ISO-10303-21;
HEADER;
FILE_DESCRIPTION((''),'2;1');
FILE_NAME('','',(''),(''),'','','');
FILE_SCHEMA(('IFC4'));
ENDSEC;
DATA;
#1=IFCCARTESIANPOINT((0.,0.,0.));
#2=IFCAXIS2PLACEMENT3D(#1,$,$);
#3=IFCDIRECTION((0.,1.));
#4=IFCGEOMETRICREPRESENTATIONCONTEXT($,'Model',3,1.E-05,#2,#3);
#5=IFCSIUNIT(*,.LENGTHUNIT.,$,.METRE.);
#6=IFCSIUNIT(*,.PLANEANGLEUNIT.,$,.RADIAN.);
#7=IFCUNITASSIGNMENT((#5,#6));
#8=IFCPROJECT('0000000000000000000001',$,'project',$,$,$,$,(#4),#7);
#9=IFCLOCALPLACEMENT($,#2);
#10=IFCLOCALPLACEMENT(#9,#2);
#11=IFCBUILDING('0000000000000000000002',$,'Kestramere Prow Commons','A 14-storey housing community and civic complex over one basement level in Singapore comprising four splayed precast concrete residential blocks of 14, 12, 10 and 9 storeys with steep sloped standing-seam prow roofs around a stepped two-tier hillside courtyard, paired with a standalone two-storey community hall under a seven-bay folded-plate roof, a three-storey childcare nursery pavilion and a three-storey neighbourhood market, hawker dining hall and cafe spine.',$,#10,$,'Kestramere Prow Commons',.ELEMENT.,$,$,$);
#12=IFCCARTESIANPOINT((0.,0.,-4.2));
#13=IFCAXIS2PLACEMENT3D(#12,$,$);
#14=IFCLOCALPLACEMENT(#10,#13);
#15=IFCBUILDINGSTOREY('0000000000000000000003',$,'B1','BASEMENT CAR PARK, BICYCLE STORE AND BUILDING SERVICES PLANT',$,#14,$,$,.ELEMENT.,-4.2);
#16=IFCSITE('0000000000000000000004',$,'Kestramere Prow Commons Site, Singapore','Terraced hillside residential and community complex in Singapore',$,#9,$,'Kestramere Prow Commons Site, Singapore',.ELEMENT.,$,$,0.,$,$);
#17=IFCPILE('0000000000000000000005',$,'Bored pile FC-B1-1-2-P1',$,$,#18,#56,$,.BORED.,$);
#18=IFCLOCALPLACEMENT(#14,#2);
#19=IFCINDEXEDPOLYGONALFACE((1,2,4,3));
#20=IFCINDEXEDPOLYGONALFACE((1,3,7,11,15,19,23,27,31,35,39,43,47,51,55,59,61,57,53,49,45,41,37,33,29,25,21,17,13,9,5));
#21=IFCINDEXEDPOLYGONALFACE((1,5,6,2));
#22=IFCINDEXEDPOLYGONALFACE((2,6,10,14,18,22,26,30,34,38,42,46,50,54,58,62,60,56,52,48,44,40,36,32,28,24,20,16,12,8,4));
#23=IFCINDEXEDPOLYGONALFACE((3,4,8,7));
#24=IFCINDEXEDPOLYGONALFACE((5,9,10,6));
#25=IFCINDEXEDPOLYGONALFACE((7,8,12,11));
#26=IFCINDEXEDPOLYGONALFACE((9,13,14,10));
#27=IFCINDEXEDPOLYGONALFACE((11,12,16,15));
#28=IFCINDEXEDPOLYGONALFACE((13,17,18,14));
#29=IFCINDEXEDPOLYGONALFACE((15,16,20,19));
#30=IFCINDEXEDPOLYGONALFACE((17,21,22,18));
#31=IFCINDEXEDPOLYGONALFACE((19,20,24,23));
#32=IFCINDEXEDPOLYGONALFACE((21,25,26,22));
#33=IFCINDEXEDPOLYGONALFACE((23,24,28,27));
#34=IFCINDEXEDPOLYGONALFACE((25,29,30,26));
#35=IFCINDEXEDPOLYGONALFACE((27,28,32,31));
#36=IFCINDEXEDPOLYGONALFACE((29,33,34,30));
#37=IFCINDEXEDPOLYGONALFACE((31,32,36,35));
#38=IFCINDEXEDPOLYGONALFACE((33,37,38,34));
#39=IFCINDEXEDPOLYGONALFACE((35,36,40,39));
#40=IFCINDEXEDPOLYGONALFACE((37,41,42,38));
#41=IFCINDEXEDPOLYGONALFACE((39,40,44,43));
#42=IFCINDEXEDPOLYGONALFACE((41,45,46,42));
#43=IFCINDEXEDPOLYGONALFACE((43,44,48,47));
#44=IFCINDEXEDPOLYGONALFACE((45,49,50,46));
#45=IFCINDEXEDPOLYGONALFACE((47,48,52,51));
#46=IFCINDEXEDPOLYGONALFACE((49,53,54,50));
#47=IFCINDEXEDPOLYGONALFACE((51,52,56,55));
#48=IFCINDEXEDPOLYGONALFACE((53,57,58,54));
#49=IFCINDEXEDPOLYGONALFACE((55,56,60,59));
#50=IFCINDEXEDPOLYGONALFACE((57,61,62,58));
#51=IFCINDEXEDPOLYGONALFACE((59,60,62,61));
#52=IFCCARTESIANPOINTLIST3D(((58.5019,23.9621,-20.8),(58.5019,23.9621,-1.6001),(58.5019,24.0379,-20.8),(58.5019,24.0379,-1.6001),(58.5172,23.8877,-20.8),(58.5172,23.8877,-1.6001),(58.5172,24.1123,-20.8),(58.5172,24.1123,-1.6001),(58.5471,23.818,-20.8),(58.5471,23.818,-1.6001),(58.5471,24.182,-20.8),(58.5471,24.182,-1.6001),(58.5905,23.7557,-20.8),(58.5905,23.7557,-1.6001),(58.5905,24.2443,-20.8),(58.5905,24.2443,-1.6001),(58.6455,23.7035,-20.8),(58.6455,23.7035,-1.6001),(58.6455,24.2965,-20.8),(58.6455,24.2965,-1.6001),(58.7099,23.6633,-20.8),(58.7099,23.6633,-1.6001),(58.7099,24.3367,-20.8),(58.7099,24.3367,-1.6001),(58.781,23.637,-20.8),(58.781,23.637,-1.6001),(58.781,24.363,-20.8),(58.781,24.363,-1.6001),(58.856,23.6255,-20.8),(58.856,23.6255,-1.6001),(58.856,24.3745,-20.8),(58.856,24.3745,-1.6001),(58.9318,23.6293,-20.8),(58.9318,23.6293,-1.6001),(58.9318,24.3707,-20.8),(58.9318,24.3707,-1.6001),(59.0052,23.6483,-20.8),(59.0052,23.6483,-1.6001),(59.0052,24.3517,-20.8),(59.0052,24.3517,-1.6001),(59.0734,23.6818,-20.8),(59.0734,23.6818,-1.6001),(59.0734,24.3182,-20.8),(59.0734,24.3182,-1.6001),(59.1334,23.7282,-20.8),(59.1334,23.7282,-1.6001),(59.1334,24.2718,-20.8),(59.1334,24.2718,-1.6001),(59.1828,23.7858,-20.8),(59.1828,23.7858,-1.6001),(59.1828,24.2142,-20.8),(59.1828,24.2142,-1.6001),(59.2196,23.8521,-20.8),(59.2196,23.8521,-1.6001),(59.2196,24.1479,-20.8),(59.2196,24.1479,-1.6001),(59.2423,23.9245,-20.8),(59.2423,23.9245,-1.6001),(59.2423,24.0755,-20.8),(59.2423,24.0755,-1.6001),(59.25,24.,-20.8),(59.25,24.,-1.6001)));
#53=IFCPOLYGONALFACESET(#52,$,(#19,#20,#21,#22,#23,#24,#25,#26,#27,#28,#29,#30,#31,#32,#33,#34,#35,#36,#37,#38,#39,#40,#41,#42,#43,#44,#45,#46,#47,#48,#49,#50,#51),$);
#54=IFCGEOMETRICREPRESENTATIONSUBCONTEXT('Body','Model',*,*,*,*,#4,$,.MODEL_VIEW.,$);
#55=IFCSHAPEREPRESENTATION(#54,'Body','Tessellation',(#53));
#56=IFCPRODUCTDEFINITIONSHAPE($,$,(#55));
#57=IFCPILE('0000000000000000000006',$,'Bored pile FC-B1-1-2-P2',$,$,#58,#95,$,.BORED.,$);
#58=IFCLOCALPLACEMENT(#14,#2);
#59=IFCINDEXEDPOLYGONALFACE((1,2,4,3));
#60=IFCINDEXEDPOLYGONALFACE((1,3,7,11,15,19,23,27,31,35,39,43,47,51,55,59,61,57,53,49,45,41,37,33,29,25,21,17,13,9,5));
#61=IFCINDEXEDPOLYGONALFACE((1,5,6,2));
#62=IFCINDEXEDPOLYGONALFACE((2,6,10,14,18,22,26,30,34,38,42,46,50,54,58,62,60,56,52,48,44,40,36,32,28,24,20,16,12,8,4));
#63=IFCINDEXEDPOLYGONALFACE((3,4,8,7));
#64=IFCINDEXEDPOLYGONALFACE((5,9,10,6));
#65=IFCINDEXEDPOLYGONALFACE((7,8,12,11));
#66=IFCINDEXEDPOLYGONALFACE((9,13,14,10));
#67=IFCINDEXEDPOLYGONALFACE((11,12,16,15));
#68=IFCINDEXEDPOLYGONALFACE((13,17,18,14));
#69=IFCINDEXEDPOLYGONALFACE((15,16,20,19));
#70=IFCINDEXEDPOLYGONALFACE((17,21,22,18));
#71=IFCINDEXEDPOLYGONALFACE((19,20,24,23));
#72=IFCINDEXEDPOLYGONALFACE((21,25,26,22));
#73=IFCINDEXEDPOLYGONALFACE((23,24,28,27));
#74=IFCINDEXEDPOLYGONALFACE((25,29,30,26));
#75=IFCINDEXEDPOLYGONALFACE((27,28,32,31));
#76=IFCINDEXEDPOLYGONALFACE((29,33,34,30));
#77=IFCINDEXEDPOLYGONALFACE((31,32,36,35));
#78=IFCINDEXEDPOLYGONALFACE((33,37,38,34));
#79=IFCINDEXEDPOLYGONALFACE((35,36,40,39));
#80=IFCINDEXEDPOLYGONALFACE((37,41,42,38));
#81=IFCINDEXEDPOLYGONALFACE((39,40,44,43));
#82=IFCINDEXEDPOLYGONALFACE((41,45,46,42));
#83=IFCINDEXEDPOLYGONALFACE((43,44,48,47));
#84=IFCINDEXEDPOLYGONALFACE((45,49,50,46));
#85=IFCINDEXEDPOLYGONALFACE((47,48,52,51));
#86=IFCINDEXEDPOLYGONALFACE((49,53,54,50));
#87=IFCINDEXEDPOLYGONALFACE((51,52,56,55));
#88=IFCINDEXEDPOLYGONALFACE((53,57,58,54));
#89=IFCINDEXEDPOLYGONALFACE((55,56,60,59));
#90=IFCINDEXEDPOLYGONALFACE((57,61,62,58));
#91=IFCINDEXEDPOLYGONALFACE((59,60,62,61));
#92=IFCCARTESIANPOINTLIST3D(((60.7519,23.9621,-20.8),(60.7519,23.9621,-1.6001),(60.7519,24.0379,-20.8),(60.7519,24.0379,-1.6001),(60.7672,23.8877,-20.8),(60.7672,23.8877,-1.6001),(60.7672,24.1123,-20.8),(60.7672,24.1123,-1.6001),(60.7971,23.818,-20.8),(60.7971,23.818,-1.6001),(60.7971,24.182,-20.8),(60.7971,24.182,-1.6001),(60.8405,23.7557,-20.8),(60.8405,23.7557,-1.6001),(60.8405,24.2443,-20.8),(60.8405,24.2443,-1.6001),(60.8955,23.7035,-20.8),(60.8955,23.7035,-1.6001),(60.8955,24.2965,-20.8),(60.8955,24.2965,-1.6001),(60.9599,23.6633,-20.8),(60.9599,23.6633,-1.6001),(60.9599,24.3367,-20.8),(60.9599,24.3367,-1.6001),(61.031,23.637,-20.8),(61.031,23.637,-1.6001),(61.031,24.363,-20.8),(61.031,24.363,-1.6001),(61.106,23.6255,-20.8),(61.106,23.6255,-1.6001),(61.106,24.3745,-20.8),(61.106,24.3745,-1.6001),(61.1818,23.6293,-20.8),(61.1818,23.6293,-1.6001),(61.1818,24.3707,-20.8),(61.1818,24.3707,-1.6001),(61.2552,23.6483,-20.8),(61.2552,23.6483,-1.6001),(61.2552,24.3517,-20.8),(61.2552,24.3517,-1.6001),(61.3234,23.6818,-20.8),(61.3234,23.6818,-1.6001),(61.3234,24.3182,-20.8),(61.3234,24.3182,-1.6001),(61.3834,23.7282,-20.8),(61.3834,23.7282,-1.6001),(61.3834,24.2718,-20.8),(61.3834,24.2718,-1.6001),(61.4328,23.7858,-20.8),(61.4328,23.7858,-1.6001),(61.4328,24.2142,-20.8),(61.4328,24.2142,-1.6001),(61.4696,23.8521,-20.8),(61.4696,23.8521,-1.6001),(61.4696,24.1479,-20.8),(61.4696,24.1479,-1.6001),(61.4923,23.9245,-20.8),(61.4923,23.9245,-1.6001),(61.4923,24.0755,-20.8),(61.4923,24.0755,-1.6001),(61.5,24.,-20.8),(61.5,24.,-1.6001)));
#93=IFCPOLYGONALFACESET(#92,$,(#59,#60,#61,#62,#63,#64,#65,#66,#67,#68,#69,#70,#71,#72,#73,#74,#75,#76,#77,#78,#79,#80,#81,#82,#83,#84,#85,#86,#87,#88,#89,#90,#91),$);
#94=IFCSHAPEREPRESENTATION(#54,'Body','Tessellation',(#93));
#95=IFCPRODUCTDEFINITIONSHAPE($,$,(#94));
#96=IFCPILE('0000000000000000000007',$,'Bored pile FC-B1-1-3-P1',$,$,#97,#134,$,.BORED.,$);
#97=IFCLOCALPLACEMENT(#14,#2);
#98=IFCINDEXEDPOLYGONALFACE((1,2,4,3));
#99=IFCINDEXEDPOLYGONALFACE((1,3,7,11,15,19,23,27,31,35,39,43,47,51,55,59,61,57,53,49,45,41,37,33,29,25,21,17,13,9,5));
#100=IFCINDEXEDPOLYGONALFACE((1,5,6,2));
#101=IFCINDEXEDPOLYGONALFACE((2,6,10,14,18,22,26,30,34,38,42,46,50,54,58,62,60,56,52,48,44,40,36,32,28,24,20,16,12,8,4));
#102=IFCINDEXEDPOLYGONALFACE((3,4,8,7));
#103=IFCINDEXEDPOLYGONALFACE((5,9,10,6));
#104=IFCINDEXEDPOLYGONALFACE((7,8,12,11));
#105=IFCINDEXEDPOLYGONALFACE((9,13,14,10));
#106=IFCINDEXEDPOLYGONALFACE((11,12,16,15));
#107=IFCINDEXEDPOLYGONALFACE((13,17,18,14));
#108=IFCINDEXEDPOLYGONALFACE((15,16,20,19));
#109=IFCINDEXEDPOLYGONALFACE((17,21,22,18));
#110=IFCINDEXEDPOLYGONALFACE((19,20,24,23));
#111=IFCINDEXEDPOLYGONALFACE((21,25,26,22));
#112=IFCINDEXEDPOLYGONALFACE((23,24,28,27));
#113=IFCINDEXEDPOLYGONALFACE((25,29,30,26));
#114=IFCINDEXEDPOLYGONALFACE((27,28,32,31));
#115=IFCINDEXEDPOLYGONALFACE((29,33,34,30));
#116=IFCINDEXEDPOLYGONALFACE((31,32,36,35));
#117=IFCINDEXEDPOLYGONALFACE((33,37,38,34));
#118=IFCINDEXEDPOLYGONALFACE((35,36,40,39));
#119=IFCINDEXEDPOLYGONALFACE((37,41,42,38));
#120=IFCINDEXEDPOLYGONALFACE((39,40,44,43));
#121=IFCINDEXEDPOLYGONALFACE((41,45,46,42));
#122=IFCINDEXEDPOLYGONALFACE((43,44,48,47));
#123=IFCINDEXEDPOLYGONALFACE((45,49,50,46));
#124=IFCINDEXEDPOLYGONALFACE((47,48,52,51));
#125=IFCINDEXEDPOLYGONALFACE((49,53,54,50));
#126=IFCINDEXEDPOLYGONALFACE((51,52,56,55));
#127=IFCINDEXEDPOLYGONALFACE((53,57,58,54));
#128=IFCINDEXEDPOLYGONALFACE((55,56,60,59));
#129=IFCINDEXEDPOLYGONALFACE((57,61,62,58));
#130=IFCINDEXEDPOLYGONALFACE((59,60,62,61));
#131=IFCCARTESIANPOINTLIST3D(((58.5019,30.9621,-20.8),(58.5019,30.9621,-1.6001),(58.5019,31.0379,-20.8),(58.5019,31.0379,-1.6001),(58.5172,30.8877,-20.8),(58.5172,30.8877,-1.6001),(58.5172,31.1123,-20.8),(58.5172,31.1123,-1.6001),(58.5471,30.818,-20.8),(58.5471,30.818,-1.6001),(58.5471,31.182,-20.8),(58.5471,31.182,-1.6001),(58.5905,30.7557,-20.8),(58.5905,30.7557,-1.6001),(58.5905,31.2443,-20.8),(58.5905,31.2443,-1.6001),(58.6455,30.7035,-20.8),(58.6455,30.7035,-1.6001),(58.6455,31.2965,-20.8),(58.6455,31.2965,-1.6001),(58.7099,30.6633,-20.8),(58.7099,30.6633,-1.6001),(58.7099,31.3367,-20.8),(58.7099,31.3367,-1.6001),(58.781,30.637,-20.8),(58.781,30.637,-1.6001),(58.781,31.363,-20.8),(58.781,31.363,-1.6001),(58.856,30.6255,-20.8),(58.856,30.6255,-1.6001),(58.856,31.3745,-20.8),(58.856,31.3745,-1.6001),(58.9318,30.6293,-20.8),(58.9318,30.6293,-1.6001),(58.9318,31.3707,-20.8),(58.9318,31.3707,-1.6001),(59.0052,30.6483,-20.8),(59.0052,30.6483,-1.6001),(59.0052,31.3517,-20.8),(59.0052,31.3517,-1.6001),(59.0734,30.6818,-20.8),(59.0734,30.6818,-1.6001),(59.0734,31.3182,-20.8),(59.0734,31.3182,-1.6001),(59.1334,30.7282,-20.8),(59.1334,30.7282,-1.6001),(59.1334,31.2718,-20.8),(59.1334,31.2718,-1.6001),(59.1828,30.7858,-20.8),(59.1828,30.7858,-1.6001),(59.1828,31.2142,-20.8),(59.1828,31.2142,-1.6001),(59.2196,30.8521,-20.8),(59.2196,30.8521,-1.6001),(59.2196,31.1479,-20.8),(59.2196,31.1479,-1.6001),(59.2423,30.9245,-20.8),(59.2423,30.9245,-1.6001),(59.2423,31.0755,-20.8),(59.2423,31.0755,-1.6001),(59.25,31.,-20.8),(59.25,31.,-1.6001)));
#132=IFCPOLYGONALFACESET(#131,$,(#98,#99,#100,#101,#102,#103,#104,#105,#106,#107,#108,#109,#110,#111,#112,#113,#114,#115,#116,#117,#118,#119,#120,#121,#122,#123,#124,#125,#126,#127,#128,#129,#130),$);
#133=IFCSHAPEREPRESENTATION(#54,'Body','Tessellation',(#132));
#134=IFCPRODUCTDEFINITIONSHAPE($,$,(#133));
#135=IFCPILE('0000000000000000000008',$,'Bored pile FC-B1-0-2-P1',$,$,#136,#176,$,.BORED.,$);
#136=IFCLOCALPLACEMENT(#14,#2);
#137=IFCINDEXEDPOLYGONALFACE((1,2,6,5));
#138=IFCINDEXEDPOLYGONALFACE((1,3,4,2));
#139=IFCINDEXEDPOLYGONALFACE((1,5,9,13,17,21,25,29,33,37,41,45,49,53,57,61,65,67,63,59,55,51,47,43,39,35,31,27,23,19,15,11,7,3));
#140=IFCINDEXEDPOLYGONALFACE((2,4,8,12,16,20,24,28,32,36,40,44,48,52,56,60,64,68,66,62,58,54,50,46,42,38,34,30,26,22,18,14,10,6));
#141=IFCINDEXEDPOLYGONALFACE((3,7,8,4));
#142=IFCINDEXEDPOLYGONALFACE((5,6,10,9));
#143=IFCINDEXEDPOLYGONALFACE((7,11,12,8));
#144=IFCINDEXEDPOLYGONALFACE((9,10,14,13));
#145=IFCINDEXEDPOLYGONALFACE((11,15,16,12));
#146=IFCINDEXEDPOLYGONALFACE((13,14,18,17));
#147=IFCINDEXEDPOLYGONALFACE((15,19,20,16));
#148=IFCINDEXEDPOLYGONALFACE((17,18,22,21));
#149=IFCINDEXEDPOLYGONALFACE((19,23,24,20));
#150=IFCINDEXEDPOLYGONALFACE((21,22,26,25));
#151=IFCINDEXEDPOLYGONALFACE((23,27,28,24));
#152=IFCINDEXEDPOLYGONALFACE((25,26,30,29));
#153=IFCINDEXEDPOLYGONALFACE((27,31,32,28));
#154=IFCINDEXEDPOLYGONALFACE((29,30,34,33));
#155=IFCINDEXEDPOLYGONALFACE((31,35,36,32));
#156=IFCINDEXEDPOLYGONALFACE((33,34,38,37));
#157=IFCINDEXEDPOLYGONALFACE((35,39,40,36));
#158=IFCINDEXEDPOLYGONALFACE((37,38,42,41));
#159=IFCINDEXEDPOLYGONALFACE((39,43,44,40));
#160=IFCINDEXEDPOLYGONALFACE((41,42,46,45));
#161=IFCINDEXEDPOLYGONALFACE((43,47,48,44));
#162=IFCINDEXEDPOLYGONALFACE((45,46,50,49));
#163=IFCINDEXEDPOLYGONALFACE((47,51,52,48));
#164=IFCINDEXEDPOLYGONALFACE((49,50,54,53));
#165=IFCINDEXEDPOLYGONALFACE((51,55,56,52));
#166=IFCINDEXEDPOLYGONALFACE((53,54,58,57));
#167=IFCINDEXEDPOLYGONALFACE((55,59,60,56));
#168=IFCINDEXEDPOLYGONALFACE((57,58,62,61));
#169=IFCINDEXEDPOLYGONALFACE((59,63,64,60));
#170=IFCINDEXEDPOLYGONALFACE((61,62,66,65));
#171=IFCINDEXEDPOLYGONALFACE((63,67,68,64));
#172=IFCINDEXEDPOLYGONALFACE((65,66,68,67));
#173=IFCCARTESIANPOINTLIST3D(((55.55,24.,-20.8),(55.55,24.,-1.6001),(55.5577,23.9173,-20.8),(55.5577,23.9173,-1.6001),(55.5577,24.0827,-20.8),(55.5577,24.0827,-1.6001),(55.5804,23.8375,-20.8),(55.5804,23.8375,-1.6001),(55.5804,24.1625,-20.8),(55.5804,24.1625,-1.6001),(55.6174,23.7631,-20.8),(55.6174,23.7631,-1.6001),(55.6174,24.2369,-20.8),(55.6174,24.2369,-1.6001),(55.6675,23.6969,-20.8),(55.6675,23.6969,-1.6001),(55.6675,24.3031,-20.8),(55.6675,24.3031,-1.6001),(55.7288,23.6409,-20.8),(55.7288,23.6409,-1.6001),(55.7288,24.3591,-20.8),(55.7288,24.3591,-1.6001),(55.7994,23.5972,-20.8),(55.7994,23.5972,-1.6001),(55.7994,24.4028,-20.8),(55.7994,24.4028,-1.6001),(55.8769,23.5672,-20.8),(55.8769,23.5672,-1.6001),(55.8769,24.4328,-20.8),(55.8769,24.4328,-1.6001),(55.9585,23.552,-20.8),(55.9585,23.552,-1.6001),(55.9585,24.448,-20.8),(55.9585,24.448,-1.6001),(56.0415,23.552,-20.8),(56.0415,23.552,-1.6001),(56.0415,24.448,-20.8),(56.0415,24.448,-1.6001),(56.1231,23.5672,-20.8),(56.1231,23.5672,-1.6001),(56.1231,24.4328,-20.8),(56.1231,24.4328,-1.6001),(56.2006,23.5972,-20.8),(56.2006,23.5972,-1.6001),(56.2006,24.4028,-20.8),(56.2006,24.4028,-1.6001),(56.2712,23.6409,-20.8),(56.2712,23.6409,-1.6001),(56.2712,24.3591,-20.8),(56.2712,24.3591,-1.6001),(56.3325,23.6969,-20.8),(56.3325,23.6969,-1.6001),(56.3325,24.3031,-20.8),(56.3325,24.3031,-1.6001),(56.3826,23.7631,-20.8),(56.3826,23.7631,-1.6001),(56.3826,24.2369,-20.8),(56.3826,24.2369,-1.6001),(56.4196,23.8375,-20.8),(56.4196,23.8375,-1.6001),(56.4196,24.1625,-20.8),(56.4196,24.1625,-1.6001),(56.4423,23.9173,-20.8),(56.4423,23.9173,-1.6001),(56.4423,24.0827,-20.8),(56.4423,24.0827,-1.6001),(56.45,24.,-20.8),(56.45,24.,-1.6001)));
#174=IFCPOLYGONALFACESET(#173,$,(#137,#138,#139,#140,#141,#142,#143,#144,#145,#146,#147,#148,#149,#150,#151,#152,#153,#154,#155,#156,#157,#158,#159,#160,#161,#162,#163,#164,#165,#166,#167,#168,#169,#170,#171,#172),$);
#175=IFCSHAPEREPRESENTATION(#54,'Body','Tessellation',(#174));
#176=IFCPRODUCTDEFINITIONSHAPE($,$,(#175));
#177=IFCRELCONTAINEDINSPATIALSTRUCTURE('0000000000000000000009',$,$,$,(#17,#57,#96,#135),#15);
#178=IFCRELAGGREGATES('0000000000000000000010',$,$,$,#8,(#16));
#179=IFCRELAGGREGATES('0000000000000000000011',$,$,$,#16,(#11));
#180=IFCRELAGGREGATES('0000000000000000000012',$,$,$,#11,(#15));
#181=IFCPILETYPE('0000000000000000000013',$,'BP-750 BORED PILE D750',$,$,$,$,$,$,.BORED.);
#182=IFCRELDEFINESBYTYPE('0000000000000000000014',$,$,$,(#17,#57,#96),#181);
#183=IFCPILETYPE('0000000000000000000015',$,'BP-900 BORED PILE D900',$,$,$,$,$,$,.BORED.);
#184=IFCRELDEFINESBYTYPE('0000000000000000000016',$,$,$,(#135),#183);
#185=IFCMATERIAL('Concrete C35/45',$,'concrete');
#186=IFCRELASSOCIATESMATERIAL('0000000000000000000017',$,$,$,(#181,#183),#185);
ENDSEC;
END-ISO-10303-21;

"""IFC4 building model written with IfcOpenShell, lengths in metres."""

from ifc_helpers import new_model, si_unit, direction, frame, origin, origin_2d, place, context, subcontext, project, spatial, circle, extrude, material, material_profile, profile_set, type_object, element, save


model = new_model("IFC4")

# Units and contexts
model_context = context("Model", 3, precision=1e-05, world=origin(), true_north=direction((0.0, 1.0)))
body_context = subcontext(model_context, "Body", "Model", "MODEL_VIEW")
ifc_project = project(units=[si_unit("LENGTHUNIT", "METRE"), si_unit("PLANEANGLEUNIT", "RADIAN")], contexts=[model_context])

# Site, building, storey
site_placement = place(None, origin())
site = spatial("IfcSite", under=ifc_project, at=site_placement, Name="Kestramere Prow Commons Site, Singapore", Description="Terraced hillside residential and community complex in Singapore", LongName="Kestramere Prow Commons Site, Singapore", CompositionType="ELEMENT", RefElevation=0.0)
building_placement = place(site_placement, origin())
building = spatial("IfcBuilding", under=site, at=building_placement, Name="Kestramere Prow Commons", Description="A 14-storey housing community and civic complex over one basement level in Singapore comprising four splayed precast concrete residential blocks of 14, 12, 10 and 9 storeys with steep sloped standing-seam prow roofs around a stepped two-tier hillside courtyard, paired with a standalone two-storey community hall under a seven-bay folded-plate roof, a three-storey childcare nursery pavilion and a three-storey neighbourhood market, hawker dining hall and cafe spine.", LongName="Kestramere Prow Commons", CompositionType="ELEMENT")
storey_placement = place(building_placement, frame((0.0, 0.0, -4.2)))
storey = spatial("IfcBuildingStorey", under=building, at=storey_placement, Name="B1", Description="BASEMENT CAR PARK, BICYCLE STORE AND BUILDING SERVICES PLANT", CompositionType="ELEMENT", Elevation=-4.2)

# Piles
ifc_material_1 = material(Name="Concrete C35/45", Category="concrete")
ifc_material_profile_1 = material_profile(ifc_material_1, circle(Radius=0.375, at=origin_2d()), Name="BORED PILE D750")
ifc_profile_set_1 = profile_set([ifc_material_profile_1], Name="Concrete C35/45")
pile_type_1 = type_object("IfcPileType", Name="BP-750 BORED PILE D750", PredefinedType="BORED", material=ifc_profile_set_1)
for number, where, z_axis, x_axis, name in (
    (1, (58.875, 24.0, -1.6001), (0.0, 0.0, -1.0), (1.0, 0.0, 0.0), "Bored pile FC-B1-1-2-P1"),
    (2, (61.125, 24.0, -1.6001), (0.0, 0.0, -1.0), (1.0, 0.0, 0.0), "Bored pile FC-B1-1-2-P2"),
    (3, (58.875, 31.0, -1.6001), (0.0, 0.0, -1.0), (1.0, 0.0, 0.0), "Bored pile FC-B1-1-3-P1"),
):
    element("IfcPile", number, at=place(storey_placement, frame(where, z_axis=z_axis, x_axis=x_axis)), inside=storey, type_object=pile_type_1, Name=name, PredefinedType="BORED", context=body_context, shape_type="SweptSolid", body=[
        extrude(circle(Radius=0.375, at=origin_2d()), origin(), (0.0, 0.0, 1.0), 19.2),
    ])
ifc_material_profile_2 = material_profile(ifc_material_1, circle(Radius=0.45, at=origin_2d()), Name="BORED PILE D900")
ifc_profile_set_2 = profile_set([ifc_material_profile_2], Name="Concrete C35/45")
pile_type_2 = type_object("IfcPileType", Name="BP-900 BORED PILE D900", PredefinedType="BORED", material=ifc_profile_set_2)
for number, where, z_axis, x_axis, name in (
    (4, (56.0, 24.0, -1.6001), (0.0, 0.0, -1.0), (1.0, 0.0, 0.0), "Bored pile FC-B1-0-2-P1"),
):
    element("IfcPile", number, at=place(storey_placement, frame(where, z_axis=z_axis, x_axis=x_axis)), inside=storey, type_object=pile_type_2, Name=name, PredefinedType="BORED", context=body_context, shape_type="SweptSolid", body=[
        extrude(circle(Radius=0.45, at=origin_2d()), origin(), (0.0, 0.0, 1.0), 19.2),
    ])

save(model, "model.ifc")
